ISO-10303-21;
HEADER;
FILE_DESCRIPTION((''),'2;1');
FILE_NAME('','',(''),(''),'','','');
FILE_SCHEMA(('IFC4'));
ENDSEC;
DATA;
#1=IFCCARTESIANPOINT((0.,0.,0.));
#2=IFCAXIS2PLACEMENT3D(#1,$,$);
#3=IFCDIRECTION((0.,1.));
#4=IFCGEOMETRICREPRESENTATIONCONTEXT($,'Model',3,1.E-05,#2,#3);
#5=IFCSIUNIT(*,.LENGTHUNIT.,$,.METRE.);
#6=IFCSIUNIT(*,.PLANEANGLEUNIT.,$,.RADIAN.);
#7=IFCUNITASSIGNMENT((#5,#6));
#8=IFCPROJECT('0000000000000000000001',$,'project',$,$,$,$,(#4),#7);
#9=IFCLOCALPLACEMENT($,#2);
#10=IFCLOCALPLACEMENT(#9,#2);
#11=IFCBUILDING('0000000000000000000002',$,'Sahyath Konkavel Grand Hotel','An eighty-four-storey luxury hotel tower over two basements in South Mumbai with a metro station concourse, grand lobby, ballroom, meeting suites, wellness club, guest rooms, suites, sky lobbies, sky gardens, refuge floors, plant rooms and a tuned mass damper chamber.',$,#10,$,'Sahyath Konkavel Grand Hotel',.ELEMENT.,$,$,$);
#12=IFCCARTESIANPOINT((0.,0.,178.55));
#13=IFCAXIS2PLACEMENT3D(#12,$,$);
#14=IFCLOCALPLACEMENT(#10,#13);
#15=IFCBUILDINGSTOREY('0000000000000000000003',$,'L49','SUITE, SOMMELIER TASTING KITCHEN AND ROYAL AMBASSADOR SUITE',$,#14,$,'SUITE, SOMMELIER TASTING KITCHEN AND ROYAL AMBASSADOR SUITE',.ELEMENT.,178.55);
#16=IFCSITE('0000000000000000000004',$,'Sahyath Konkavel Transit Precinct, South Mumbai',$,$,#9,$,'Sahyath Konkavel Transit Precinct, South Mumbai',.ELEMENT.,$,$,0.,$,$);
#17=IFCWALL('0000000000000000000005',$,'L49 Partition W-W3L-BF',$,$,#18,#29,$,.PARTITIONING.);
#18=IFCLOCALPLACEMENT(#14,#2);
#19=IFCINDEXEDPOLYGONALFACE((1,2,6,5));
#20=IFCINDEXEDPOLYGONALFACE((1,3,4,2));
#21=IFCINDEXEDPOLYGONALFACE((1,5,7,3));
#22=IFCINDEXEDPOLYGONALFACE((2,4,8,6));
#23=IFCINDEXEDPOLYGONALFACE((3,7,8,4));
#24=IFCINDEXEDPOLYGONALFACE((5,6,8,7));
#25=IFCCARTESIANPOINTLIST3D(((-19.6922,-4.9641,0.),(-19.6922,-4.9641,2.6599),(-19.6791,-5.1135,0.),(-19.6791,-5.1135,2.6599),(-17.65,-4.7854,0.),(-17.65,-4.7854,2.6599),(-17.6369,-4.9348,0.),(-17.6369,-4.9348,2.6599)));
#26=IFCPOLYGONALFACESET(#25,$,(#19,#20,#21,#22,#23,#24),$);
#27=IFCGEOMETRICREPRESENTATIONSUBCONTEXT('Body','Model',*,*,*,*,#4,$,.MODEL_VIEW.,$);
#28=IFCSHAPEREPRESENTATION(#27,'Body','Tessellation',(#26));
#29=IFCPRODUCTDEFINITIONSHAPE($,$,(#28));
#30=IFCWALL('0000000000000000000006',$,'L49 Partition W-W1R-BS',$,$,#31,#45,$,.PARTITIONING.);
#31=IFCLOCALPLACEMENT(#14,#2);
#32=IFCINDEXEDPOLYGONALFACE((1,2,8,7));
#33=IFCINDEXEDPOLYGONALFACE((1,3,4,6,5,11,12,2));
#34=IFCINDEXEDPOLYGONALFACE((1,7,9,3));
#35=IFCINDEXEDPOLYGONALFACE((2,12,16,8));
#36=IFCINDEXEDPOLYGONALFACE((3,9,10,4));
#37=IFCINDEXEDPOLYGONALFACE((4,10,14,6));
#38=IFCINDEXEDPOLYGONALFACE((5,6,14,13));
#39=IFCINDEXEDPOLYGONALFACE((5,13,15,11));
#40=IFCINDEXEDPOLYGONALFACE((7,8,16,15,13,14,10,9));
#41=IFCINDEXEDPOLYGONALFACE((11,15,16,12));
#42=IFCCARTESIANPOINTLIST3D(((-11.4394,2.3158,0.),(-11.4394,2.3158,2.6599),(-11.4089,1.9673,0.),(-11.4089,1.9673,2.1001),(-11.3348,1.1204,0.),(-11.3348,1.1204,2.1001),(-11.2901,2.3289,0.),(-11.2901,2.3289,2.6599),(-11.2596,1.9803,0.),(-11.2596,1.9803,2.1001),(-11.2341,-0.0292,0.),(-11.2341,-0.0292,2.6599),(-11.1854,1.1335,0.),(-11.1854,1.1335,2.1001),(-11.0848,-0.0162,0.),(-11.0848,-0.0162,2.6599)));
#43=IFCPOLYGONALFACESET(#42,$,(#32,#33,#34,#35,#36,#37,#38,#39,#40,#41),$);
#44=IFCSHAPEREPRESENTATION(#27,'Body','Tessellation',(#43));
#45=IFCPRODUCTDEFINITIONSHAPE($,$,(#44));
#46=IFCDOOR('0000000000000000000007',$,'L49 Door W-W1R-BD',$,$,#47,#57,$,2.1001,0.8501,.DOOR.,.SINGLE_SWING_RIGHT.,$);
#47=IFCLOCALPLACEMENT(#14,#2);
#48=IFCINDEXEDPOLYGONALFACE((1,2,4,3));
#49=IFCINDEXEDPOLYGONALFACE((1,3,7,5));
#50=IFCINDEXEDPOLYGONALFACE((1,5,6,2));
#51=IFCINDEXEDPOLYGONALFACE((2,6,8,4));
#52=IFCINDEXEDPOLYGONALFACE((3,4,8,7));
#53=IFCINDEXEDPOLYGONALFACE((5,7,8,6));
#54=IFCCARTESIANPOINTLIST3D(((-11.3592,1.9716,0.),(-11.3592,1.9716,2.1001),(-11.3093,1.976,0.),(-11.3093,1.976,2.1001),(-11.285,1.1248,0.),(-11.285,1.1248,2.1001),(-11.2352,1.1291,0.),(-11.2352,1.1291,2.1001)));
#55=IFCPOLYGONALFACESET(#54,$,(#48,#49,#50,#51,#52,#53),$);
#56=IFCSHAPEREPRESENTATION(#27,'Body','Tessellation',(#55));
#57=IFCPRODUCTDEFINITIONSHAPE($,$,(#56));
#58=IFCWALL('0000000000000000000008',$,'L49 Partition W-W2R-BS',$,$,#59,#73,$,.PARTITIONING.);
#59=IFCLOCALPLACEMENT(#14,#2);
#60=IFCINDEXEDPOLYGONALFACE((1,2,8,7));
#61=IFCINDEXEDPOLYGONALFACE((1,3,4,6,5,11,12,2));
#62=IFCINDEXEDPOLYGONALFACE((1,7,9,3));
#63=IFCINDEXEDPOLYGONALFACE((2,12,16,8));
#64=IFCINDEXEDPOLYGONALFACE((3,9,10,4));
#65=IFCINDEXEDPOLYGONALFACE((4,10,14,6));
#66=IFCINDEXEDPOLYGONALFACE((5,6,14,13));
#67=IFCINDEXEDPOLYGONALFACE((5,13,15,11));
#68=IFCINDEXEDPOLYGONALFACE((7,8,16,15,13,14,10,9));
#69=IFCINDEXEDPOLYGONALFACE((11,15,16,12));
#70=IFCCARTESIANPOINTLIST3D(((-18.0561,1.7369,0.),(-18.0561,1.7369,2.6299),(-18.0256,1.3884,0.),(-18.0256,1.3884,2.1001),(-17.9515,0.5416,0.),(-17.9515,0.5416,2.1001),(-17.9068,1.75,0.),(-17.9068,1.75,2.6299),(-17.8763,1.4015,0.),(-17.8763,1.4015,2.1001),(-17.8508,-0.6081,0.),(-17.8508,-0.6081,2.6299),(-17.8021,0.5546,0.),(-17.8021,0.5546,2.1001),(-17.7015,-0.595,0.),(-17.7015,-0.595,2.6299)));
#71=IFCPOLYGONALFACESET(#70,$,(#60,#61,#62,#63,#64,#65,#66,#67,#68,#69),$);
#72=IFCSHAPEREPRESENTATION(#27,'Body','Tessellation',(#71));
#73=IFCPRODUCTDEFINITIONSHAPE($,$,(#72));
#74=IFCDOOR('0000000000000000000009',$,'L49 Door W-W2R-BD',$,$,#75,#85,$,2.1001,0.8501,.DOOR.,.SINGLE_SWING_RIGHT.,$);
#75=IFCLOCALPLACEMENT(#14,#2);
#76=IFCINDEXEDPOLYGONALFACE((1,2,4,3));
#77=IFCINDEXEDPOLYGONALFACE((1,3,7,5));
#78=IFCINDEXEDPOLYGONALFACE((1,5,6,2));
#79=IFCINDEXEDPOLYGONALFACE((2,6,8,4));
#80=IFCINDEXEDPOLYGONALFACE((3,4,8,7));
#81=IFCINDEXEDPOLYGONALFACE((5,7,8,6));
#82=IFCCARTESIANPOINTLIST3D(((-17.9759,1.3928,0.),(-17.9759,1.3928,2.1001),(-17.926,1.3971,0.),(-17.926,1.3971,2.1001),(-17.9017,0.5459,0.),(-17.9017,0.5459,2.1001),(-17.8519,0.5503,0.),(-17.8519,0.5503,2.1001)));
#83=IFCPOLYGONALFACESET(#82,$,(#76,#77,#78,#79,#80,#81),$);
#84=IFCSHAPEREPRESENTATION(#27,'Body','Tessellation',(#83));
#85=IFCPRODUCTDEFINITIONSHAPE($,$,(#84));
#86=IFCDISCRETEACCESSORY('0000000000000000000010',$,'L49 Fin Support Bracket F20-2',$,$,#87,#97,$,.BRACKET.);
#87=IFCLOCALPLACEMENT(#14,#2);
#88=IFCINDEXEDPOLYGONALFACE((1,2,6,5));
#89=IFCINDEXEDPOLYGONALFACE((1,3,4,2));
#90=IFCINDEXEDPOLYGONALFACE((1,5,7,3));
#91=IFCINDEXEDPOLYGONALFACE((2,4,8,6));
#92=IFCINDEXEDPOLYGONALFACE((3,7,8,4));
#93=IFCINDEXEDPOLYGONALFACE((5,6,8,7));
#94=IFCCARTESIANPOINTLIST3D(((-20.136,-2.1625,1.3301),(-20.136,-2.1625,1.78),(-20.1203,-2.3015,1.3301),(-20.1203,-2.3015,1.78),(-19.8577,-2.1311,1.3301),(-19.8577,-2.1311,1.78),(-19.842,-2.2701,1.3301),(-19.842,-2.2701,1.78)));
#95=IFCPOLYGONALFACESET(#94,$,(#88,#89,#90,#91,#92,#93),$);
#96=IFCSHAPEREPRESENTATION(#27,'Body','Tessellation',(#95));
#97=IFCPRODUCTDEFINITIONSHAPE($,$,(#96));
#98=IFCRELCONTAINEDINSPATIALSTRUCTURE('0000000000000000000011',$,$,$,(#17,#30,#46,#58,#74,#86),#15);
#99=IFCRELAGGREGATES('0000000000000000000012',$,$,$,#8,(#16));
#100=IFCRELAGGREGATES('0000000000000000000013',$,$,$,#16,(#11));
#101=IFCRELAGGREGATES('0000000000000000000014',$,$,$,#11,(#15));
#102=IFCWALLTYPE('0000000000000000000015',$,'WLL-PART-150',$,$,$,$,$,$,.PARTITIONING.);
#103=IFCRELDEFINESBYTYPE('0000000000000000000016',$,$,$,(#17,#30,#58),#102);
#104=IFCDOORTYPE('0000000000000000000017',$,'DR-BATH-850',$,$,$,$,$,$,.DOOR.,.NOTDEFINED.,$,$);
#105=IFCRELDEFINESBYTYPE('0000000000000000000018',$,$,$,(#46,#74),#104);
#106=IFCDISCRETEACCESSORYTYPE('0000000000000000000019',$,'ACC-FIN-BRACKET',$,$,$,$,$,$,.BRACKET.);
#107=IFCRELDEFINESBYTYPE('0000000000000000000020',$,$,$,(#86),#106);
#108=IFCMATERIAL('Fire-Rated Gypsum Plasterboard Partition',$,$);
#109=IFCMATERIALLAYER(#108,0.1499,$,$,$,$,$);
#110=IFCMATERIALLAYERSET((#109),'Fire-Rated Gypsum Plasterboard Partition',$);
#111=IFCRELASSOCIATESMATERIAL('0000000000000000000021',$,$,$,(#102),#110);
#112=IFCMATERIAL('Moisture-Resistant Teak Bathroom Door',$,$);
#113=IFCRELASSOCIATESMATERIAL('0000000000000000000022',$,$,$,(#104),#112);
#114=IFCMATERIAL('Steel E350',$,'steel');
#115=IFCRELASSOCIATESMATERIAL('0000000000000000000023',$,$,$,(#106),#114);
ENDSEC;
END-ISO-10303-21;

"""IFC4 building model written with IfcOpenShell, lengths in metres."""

from ifc_helpers import new_model, si_unit, direction, frame, frame_2d, origin, origin_2d, place, context, subcontext, project, spatial, rectangle, extrude, source, transform, mapped, material, layer, layer_set, type_object, element, fill, save


model = new_model("IFC4")

# Units and contexts
model_context = context("Model", 3, precision=1e-05, world=origin(), true_north=direction((0.0, 1.0)))
body_context = subcontext(model_context, "Body", "Model", "MODEL_VIEW")
ifc_project = project(units=[si_unit("LENGTHUNIT", "METRE"), si_unit("PLANEANGLEUNIT", "RADIAN")], contexts=[model_context])

# Site, building, storey
site_placement = place(None, origin())
site = spatial("IfcSite", under=ifc_project, at=site_placement, Name="Sahyath Konkavel Transit Precinct, South Mumbai", LongName="Sahyath Konkavel Transit Precinct, South Mumbai", CompositionType="ELEMENT", RefElevation=0.0)
building_placement = place(site_placement, origin())
building = spatial("IfcBuilding", under=site, at=building_placement, Name="Sahyath Konkavel Grand Hotel", Description="An eighty-four-storey luxury hotel tower over two basements in South Mumbai with a metro station concourse, grand lobby, ballroom, meeting suites, wellness club, guest rooms, suites, sky lobbies, sky gardens, refuge floors, plant rooms and a tuned mass damper chamber.", LongName="Sahyath Konkavel Grand Hotel", CompositionType="ELEMENT")
storey_placement = place(building_placement, frame((0.0, 0.0, 178.55)))
storey = spatial("IfcBuildingStorey", under=building, at=storey_placement, Name="L49", Description="SUITE, SOMMELIER TASTING KITCHEN AND ROYAL AMBASSADOR SUITE", LongName="SUITE, SOMMELIER TASTING KITCHEN AND ROYAL AMBASSADOR SUITE", CompositionType="ELEMENT", Elevation=178.55)

# Shared definitions
ifc_material_1 = material(Name="Steel E350", Category="steel")

# Shared definitions
ifc_material_2 = material(Name="Fire-Rated Gypsum Plasterboard Partition")
ifc_layer_1 = layer(ifc_material_2, 0.1499)
ifc_layer_set_1 = layer_set([ifc_layer_1], Name="Fire-Rated Gypsum Plasterboard Partition")
wall_type_1 = type_object("IfcWallType", Name="WLL-PART-150", PredefinedType="PARTITIONING", material=ifc_layer_set_1)
ifc_material_3 = material(Name="Moisture-Resistant Teak Bathroom Door")
door_type = type_object("IfcDoorType", Name="DR-BATH-850", OperationType="NOTDEFINED", PredefinedType="DOOR", material=ifc_material_3)
shared_shape_1 = source(origin(), body_context, "Body", "SweptSolid", [
    extrude(rectangle(XDim=0.8501, YDim=0.05, at=origin_2d()), origin(), (0.0, 0.0, 1.0), 2.1001),
])

# Wall
wall_1_placement = place(storey_placement, frame((-17.6436, -4.8601, 0.0), z_axis=(0.0, 0.0, 1.0), x_axis=(-0.996193, -0.087174, 0.0)))
element("IfcWall", 1, at=wall_1_placement, inside=storey, type_object=wall_type_1, Name="L49 Partition W-W3L-BF", PredefinedType="PARTITIONING", context=body_context, shape_type="SweptSolid", body=[
    extrude(rectangle(XDim=2.05, YDim=0.1499, at=frame_2d((1.0249, 0.0))), origin(), (0.0, 0.0, 1.0), 2.6599),
])

# Walls, openings, doors
wall_2_placement = place(storey_placement, frame((-11.1594, -0.0227, 0.0), z_axis=(0.0, 0.0, 1.0), x_axis=(-0.087225, 0.996189, 0.0)))
wall_2 = element("IfcWall", 2, at=wall_2_placement, inside=storey, type_object=wall_type_1, Name="L49 Partition W-W1R-BS", PredefinedType="PARTITIONING", context=body_context, shape_type="SweptSolid", body=[
    extrude(rectangle(XDim=2.354, YDim=0.1499, at=frame_2d((1.177, 0.0))), origin(), (0.0, 0.0, 1.0), 2.6599),
])
opening_1_placement = place(wall_2_placement, frame((1.1541, 0.0, 0.0)))
opening_1 = element("IfcOpeningElement", 3, at=opening_1_placement, cuts=wall_2, PredefinedType="OPENING", context=body_context, shape_type="SweptSolid", body=[
    extrude(rectangle(XDim=0.8501, YDim=2.1001, at=frame_2d((0.425, 1.05))), frame((0.0, 0.085, 0.0), z_axis=(0.0, -1.0, 0.0), x_axis=(1.0, 0.0, 0.0)), (0.0, 0.0, 1.0), 0.1699),
])
door_1_placement = place(opening_1_placement, frame((0.425, 0.0, 0.0)))
door_1 = element("IfcDoor", 4, at=door_1_placement, inside=storey, type_object=door_type, Name="L49 Door W-W1R-BD", OperationType="SINGLE_SWING_RIGHT", OverallHeight=2.1001, OverallWidth=0.8501, PredefinedType="DOOR", context=body_context, shape_type="MappedRepresentation", body=[
    mapped(shared_shape_1, transform((0.0, 0.0, 0.0), scale=1.0)),
])
fill(opening_1, door_1)
wall_3_placement = place(storey_placement, frame((-17.7761, -0.6016, 0.0), z_axis=(0.0, 0.0, 1.0), x_axis=(-0.087225, 0.996189, 0.0)))
wall_3 = element("IfcWall", 5, at=wall_3_placement, inside=storey, type_object=wall_type_1, Name="L49 Partition W-W2R-BS", PredefinedType="PARTITIONING", context=body_context, shape_type="SweptSolid", body=[
    extrude(rectangle(XDim=2.354, YDim=0.1499, at=frame_2d((1.177, 0.0))), origin(), (0.0, 0.0, 1.0), 2.6299),
])
opening_2_placement = place(wall_3_placement, frame((1.1541, 0.0, 0.0)))
opening_2 = element("IfcOpeningElement", 6, at=opening_2_placement, cuts=wall_3, PredefinedType="OPENING", context=body_context, shape_type="SweptSolid", body=[
    extrude(rectangle(XDim=0.8501, YDim=2.1001, at=frame_2d((0.425, 1.05))), frame((0.0, 0.085, 0.0), z_axis=(0.0, -1.0, 0.0), x_axis=(1.0, 0.0, 0.0)), (0.0, 0.0, 1.0), 0.1699),
])
door_2_placement = place(opening_2_placement, frame((0.425, 0.0, 0.0)))
door_2 = element("IfcDoor", 7, at=door_2_placement, inside=storey, type_object=door_type, Name="L49 Door W-W2R-BD", OperationType="SINGLE_SWING_RIGHT", OverallHeight=2.1001, OverallWidth=0.8501, PredefinedType="DOOR", context=body_context, shape_type="MappedRepresentation", body=[
    mapped(shared_shape_1, transform((0.0, 0.0, 0.0), scale=1.0)),
])
fill(opening_2, door_2)

# Discrete accessory
discrete_accessory_type = type_object("IfcDiscreteAccessoryType", Name="ACC-FIN-BRACKET", PredefinedType="BRACKET", material=ifc_material_1)
shared_shape_2 = source(origin(), body_context, "Body", "SweptSolid", [
    extrude(rectangle(XDim=0.28, YDim=0.1399, at=origin_2d()), origin(), (0.0, 0.0, 1.0), 0.45),
])
discrete_accessory_placement = place(storey_placement, frame((-19.989, -2.2163, 1.3301), z_axis=(0.0, 0.0, 1.0), x_axis=(-0.993709, -0.111989, 0.0)))
element("IfcDiscreteAccessory", 8, at=discrete_accessory_placement, inside=storey, type_object=discrete_accessory_type, Name="L49 Fin Support Bracket F20-2", PredefinedType="BRACKET", context=body_context, shape_type="MappedRepresentation", body=[
    mapped(shared_shape_2, transform((0.0, 0.0, 0.0), scale=1.0)),
])

save(model, "model.ifc")
